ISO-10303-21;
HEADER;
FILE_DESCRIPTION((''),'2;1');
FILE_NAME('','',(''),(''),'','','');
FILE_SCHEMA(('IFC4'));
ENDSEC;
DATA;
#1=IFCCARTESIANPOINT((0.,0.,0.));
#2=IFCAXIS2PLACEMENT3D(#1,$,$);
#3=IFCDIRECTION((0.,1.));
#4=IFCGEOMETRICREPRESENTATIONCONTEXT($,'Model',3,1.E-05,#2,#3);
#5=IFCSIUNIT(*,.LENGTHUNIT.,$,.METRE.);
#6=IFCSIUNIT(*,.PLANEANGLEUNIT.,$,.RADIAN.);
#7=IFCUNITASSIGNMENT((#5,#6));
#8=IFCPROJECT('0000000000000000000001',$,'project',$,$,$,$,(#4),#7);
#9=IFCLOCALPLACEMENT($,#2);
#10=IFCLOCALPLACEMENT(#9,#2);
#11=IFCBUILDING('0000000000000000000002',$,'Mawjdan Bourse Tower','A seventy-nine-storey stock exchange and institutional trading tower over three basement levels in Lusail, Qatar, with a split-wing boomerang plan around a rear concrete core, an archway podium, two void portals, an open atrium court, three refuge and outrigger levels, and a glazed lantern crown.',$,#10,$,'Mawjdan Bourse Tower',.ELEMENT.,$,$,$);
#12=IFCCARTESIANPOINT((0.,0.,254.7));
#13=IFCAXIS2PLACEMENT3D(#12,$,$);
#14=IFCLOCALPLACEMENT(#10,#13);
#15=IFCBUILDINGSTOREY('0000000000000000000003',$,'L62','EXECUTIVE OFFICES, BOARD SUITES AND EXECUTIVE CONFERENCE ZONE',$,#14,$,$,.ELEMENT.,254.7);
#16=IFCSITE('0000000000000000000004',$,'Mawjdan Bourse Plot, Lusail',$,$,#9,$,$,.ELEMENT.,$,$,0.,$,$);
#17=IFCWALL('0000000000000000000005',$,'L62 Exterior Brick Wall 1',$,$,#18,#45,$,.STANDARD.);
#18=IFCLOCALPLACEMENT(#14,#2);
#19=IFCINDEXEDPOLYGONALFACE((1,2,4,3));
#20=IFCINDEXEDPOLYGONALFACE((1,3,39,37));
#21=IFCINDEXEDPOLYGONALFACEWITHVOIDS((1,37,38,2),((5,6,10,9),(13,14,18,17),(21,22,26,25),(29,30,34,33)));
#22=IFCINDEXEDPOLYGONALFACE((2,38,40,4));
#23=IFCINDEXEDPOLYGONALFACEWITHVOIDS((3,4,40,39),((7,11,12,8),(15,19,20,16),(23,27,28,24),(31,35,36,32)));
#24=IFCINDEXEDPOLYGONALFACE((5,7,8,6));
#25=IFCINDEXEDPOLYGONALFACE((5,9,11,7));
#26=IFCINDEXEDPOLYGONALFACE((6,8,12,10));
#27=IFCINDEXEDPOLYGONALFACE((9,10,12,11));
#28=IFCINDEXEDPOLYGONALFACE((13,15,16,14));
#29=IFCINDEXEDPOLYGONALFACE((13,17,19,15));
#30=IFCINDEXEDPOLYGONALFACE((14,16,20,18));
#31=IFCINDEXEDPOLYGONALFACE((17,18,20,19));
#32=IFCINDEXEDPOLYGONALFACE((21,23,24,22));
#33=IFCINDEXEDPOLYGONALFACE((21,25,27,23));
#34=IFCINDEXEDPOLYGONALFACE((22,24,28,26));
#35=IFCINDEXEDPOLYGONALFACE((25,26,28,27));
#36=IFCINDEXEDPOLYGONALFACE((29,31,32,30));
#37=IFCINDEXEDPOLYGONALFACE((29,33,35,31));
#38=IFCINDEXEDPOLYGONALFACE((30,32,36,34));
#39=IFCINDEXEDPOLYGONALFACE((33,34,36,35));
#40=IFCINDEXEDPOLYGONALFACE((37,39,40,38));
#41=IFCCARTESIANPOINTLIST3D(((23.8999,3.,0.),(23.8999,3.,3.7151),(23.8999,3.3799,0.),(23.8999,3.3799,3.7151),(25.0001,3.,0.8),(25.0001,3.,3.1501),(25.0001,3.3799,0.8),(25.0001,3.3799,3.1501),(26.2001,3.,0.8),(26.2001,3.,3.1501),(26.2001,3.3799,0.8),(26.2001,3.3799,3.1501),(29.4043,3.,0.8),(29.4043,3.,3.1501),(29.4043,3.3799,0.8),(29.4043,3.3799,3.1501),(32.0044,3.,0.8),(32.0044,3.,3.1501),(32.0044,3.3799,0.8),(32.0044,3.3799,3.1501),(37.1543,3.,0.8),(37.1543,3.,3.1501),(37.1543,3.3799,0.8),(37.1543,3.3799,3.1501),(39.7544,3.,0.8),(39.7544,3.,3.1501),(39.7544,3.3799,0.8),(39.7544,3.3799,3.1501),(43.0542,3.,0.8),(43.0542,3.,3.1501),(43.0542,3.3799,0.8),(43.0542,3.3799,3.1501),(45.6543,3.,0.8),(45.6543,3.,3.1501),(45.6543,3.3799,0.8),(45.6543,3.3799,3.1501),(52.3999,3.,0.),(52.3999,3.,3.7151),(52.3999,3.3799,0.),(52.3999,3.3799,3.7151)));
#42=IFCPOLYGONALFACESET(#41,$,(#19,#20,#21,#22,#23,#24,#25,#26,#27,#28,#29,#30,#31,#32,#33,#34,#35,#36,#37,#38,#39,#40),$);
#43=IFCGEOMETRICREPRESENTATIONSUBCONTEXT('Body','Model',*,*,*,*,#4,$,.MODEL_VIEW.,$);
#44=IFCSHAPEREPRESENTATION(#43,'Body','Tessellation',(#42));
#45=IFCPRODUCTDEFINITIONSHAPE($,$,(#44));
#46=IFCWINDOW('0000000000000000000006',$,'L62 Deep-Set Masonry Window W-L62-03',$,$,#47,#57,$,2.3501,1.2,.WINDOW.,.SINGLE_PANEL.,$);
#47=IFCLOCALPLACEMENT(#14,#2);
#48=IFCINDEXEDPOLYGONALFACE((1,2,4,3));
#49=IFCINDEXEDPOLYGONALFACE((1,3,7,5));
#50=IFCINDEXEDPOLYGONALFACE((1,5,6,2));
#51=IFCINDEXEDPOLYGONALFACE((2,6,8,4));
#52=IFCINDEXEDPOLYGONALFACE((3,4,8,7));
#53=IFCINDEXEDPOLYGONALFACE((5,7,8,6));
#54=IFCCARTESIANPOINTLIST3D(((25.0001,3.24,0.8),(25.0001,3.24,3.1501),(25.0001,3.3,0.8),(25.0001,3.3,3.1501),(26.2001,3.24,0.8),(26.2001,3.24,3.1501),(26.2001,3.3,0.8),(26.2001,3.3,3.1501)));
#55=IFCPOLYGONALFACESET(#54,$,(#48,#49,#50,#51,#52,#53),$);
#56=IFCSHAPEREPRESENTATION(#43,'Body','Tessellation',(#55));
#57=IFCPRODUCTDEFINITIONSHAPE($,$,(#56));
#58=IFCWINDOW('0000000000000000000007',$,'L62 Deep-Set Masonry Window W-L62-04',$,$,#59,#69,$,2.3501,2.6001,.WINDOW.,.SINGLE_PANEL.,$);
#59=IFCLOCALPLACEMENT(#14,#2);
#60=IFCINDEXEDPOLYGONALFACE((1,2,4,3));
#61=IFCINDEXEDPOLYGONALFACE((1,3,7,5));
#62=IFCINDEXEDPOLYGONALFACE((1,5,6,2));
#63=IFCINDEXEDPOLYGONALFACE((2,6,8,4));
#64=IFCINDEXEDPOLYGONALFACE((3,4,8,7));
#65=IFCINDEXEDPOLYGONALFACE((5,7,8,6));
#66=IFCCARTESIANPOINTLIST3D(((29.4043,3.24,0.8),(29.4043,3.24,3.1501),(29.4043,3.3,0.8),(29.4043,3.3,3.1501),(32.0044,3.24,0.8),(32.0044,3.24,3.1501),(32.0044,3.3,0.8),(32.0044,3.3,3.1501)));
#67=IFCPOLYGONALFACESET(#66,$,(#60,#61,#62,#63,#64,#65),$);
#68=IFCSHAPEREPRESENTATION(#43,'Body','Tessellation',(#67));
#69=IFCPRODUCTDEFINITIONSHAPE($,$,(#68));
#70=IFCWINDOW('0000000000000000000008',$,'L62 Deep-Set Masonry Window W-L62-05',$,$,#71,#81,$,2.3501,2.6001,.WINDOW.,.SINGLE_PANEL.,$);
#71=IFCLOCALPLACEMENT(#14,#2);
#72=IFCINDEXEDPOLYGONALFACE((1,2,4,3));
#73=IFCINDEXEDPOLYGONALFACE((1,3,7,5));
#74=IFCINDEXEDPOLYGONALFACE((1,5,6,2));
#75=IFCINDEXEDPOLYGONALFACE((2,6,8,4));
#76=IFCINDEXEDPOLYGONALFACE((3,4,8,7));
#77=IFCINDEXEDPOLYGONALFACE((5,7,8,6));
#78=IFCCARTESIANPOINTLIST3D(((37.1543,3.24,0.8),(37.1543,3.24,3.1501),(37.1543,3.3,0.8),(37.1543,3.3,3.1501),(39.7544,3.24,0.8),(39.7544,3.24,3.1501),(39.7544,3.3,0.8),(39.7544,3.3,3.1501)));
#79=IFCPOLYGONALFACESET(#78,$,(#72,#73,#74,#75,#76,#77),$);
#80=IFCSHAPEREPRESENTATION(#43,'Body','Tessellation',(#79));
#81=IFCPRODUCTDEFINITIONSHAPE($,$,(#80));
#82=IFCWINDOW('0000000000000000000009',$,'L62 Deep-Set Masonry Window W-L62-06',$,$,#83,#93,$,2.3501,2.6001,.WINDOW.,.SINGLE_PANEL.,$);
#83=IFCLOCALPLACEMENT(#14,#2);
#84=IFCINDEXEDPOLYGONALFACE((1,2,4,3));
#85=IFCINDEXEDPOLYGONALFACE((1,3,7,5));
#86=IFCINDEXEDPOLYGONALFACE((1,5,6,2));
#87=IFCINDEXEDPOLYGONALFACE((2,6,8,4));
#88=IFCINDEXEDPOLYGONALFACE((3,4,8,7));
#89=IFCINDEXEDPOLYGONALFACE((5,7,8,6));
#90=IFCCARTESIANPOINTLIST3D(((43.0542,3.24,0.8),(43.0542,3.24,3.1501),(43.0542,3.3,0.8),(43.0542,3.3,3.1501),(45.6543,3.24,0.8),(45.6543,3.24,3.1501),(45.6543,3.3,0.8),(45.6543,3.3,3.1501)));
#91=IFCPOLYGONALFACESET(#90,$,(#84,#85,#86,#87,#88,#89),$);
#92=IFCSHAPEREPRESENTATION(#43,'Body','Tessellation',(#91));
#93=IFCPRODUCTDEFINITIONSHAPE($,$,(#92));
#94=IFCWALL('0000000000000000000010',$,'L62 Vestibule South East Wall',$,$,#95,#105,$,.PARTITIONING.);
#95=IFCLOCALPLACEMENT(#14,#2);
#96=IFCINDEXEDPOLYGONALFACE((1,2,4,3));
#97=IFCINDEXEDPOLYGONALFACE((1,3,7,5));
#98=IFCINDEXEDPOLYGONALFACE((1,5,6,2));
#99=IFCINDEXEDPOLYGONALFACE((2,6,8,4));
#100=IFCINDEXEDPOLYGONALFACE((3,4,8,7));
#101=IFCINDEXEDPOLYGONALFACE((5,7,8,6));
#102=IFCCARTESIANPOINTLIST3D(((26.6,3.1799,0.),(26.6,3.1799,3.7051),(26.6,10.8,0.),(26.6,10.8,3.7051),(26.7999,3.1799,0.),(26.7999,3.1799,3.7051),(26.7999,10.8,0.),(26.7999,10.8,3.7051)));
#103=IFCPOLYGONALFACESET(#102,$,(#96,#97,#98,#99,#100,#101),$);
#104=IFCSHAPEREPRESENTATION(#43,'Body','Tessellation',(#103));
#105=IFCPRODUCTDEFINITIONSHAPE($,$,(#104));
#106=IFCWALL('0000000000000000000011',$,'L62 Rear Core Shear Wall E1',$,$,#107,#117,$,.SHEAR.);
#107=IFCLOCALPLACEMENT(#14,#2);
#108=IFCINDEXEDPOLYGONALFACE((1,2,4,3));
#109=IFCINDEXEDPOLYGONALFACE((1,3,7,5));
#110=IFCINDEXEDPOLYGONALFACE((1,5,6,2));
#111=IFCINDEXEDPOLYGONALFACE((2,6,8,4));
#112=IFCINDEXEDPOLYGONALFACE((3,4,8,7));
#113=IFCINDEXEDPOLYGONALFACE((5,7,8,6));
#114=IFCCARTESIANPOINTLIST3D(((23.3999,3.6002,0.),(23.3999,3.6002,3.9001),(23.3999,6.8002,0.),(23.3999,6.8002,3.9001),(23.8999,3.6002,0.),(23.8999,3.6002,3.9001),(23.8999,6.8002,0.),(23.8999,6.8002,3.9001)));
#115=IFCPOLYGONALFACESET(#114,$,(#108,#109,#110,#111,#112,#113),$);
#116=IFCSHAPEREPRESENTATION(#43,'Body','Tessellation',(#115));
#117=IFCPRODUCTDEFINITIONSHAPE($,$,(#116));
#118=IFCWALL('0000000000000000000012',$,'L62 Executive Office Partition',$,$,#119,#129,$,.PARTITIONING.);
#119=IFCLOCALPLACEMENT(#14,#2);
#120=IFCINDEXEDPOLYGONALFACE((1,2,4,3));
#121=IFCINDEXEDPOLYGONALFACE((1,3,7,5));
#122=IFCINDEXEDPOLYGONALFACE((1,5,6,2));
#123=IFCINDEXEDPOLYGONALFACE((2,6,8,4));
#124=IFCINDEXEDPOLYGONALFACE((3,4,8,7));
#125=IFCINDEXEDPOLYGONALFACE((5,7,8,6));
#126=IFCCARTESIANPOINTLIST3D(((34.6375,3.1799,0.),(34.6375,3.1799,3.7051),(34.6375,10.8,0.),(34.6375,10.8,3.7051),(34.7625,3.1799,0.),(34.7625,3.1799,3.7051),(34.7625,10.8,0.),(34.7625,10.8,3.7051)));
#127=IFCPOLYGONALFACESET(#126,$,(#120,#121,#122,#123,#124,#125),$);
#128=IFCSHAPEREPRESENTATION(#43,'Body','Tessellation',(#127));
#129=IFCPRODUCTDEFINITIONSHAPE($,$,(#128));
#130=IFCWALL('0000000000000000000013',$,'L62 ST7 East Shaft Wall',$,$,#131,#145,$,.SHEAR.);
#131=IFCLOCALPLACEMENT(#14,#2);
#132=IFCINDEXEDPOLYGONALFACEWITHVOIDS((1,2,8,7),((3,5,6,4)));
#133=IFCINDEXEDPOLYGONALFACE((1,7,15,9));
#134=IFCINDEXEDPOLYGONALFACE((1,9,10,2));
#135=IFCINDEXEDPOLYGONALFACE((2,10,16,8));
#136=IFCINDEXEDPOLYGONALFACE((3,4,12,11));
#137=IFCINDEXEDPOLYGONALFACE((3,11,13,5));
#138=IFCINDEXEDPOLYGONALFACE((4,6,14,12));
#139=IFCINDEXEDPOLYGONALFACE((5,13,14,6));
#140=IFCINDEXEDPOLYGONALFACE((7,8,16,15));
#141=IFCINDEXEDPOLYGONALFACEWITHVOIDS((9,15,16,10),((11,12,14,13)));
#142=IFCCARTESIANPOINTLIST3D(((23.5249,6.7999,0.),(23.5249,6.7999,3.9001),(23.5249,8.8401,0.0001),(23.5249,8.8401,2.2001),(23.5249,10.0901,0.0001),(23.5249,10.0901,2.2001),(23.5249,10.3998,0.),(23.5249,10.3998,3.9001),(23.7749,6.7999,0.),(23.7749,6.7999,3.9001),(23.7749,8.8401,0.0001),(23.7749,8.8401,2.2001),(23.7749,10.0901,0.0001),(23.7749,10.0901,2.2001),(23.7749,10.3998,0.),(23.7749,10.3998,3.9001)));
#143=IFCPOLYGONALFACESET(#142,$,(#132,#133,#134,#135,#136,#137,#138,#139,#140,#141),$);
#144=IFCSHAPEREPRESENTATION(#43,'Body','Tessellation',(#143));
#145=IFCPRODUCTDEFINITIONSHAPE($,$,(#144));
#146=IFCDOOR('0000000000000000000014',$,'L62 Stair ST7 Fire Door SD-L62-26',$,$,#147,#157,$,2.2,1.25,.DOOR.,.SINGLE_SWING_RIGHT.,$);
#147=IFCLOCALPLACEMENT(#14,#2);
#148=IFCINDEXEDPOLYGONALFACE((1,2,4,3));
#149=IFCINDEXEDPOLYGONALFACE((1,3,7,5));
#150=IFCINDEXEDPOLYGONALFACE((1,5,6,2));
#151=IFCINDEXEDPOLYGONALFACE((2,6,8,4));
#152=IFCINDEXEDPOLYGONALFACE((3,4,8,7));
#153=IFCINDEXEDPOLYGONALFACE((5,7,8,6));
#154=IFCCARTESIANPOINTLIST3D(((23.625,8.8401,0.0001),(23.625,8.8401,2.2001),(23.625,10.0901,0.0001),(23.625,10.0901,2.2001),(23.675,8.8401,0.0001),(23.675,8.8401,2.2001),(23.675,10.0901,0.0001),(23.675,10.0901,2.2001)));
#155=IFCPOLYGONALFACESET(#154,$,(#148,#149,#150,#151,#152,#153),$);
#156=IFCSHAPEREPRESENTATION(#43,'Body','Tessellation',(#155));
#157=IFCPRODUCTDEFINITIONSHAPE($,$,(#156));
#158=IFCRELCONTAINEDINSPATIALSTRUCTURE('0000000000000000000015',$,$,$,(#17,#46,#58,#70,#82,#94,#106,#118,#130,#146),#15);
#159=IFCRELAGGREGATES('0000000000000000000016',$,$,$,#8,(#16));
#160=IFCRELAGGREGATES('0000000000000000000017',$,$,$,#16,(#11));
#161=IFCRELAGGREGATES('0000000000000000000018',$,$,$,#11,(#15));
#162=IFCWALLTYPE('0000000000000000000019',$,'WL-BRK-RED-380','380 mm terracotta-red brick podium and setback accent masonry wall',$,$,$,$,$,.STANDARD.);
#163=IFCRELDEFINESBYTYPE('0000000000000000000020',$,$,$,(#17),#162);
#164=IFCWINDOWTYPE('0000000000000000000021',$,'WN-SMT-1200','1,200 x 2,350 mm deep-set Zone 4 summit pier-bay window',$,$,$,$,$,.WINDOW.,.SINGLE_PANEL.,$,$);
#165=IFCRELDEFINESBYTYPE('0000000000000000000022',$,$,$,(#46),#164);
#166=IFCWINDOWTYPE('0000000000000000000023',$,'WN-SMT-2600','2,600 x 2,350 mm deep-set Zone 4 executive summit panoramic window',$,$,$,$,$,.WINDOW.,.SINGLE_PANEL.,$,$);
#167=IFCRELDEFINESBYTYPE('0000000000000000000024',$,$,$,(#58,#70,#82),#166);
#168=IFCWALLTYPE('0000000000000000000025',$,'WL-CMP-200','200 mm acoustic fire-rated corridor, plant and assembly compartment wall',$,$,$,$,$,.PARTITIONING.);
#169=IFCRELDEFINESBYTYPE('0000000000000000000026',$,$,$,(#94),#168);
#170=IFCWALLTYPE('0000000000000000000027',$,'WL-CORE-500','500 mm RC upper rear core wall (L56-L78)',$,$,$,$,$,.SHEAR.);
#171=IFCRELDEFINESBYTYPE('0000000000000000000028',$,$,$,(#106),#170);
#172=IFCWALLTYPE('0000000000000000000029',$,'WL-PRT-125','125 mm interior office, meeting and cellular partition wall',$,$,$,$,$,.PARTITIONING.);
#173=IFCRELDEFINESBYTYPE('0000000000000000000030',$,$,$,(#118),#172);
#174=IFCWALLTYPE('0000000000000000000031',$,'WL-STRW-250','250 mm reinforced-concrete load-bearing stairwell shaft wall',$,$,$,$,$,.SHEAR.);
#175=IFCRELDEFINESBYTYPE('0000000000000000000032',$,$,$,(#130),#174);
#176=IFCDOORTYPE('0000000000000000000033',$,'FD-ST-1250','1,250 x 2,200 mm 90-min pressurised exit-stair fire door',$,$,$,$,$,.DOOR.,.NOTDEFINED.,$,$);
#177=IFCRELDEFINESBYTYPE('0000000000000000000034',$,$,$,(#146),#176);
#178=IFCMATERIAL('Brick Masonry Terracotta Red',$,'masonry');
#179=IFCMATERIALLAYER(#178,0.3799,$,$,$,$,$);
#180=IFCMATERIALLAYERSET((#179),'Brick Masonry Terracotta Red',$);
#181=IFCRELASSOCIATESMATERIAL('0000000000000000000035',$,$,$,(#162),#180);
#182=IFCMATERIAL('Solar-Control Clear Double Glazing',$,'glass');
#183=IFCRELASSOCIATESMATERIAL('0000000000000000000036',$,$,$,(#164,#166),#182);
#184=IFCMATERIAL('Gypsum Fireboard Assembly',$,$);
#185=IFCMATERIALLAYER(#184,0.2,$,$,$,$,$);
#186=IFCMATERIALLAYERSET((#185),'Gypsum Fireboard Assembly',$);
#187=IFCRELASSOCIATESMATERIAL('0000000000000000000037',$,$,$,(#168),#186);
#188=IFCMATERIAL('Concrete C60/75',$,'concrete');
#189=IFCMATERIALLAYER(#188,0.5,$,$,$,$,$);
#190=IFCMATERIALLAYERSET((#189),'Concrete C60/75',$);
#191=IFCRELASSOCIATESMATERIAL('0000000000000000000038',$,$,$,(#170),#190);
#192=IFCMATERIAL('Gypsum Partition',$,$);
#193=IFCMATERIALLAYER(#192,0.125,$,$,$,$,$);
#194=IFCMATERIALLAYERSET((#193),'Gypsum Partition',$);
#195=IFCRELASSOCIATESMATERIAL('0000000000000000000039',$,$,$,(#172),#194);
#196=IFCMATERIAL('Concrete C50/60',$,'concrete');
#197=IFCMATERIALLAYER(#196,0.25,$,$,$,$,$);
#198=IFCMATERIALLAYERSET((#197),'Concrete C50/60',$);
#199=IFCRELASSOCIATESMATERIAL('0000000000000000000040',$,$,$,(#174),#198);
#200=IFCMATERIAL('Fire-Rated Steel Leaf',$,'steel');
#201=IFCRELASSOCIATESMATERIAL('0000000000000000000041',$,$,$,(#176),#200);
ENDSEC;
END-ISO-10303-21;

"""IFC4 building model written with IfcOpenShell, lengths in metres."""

from ifc_helpers import new_model, si_unit, direction, frame, frame_2d, origin, place, context, subcontext, project, spatial, rectangle, extrude, material, layer, layer_set, type_object, element, fill, save


model = new_model("IFC4")

# Units and contexts
model_context = context("Model", 3, precision=1e-05, world=origin(), true_north=direction((0.0, 1.0)))
body_context = subcontext(model_context, "Body", "Model", "MODEL_VIEW")
ifc_project = project(units=[si_unit("LENGTHUNIT", "METRE"), si_unit("PLANEANGLEUNIT", "RADIAN")], contexts=[model_context])

# Site, building, storey
site_placement = place(None, origin())
site = spatial("IfcSite", under=ifc_project, at=site_placement, Name="Mawjdan Bourse Plot, Lusail", CompositionType="ELEMENT", RefElevation=0.0)
building_placement = place(site_placement, origin())
building = spatial("IfcBuilding", under=site, at=building_placement, Name="Mawjdan Bourse Tower", Description="A seventy-nine-storey stock exchange and institutional trading tower over three basement levels in Lusail, Qatar, with a split-wing boomerang plan around a rear concrete core, an archway podium, two void portals, an open atrium court, three refuge and outrigger levels, and a glazed lantern crown.", LongName="Mawjdan Bourse Tower", CompositionType="ELEMENT")
storey_placement = place(building_placement, frame((0.0, 0.0, 254.7)))
storey = spatial("IfcBuildingStorey", under=building, at=storey_placement, Name="L62", Description="EXECUTIVE OFFICES, BOARD SUITES AND EXECUTIVE CONFERENCE ZONE", CompositionType="ELEMENT", Elevation=254.7)

# Shared definitions
ifc_material_1 = material(Name="Concrete C60/75", Category="concrete")

# Wall, openings, windows
ifc_material_2 = material(Name="Brick Masonry Terracotta Red", Category="masonry")
ifc_layer_1 = layer(ifc_material_2, 0.3799)
ifc_layer_set_1 = layer_set([ifc_layer_1], Name="Brick Masonry Terracotta Red")
wall_type_1 = type_object("IfcWallType", Name="WL-BRK-RED-380", Description="380 mm terracotta-red brick podium and setback accent masonry wall", PredefinedType="STANDARD", material=ifc_layer_set_1)
wall_1_placement = place(storey_placement, frame((23.8999, 3.1899, 0.0), z_axis=(0.0, 0.0, 1.0), x_axis=(1.0, 0.0, 0.0)))
wall_1 = element("IfcWall", 1, at=wall_1_placement, inside=storey, type_object=wall_type_1, Name="L62 Exterior Brick Wall 1", PredefinedType="STANDARD", context=body_context, shape_type="SweptSolid", body=[
    extrude(rectangle(XDim=28.5, YDim=0.3799, at=frame_2d((14.25, 0.0))), origin(), (0.0, 0.0, 1.0), 3.7151),
])
opening_1_placement = place(wall_1_placement, frame((1.1001, 0.0, 0.8)))
opening_1 = element("IfcOpeningElement", 2, at=opening_1_placement, cuts=wall_1, PredefinedType="OPENING", context=body_context, shape_type="SweptSolid", body=[
    extrude(rectangle(XDim=1.2, YDim=2.3501, at=frame_2d((0.6001, 1.175))), frame((0.0, 0.2, 0.0), z_axis=(0.0, -1.0, 0.0), x_axis=(1.0, 0.0, 0.0)), (0.0, 0.0, 1.0), 0.3999),
])
opening_2_placement = place(wall_1_placement, frame((5.5044, 0.0, 0.8)))
opening_2 = element("IfcOpeningElement", 3, at=opening_2_placement, cuts=wall_1, PredefinedType="OPENING", context=body_context, shape_type="SweptSolid", body=[
    extrude(rectangle(XDim=2.6001, YDim=2.3501, at=frame_2d((1.3, 1.175))), frame((0.0, 0.2, 0.0), z_axis=(0.0, -1.0, 0.0), x_axis=(1.0, 0.0, 0.0)), (0.0, 0.0, 1.0), 0.3999),
])
opening_3_placement = place(wall_1_placement, frame((13.2544, 0.0, 0.8)))
opening_3 = element("IfcOpeningElement", 4, at=opening_3_placement, cuts=wall_1, PredefinedType="OPENING", context=body_context, shape_type="SweptSolid", body=[
    extrude(rectangle(XDim=2.6001, YDim=2.3501, at=frame_2d((1.3, 1.175))), frame((0.0, 0.2, 0.0), z_axis=(0.0, -1.0, 0.0), x_axis=(1.0, 0.0, 0.0)), (0.0, 0.0, 1.0), 0.3999),
])
opening_4_placement = place(wall_1_placement, frame((19.1543, 0.0, 0.8)))
opening_4 = element("IfcOpeningElement", 5, at=opening_4_placement, cuts=wall_1, PredefinedType="OPENING", context=body_context, shape_type="SweptSolid", body=[
    extrude(rectangle(XDim=2.6001, YDim=2.3501, at=frame_2d((1.3, 1.175))), frame((0.0, 0.2, 0.0), z_axis=(0.0, -1.0, 0.0), x_axis=(1.0, 0.0, 0.0)), (0.0, 0.0, 1.0), 0.3999),
])
ifc_material_3 = material(Name="Solar-Control Clear Double Glazing", Category="glass")
window_type_1 = type_object("IfcWindowType", Name="WN-SMT-1200", Description="1,200 x 2,350 mm deep-set Zone 4 summit pier-bay window", PartitioningType="SINGLE_PANEL", PredefinedType="WINDOW", material=ifc_material_3)
window_1_placement = place(opening_1_placement, origin())
window_1 = element("IfcWindow", 6, at=window_1_placement, inside=storey, type_object=window_type_1, Name="L62 Deep-Set Masonry Window W-L62-03", OverallHeight=2.3501, OverallWidth=1.2, PartitioningType="SINGLE_PANEL", PredefinedType="WINDOW", context=body_context, shape_type="SweptSolid", body=[
    extrude(rectangle(XDim=1.2, YDim=2.3501, at=frame_2d((0.6001, 1.175))), frame((0.0, 0.1101, 0.0), z_axis=(0.0, -1.0, 0.0), x_axis=(1.0, 0.0, 0.0)), (0.0, 0.0, 1.0), 0.0601),
])
fill(opening_1, window_1)
window_type_2 = type_object("IfcWindowType", Name="WN-SMT-2600", Description="2,600 x 2,350 mm deep-set Zone 4 executive summit panoramic window", PartitioningType="SINGLE_PANEL", PredefinedType="WINDOW", material=ifc_material_3)
window_2_placement = place(opening_2_placement, origin())
window_2 = element("IfcWindow", 7, at=window_2_placement, inside=storey, type_object=window_type_2, Name="L62 Deep-Set Masonry Window W-L62-04", OverallHeight=2.3501, OverallWidth=2.6001, PartitioningType="SINGLE_PANEL", PredefinedType="WINDOW", context=body_context, shape_type="SweptSolid", body=[
    extrude(rectangle(XDim=2.6001, YDim=2.3501, at=frame_2d((1.3, 1.175))), frame((0.0, 0.1101, 0.0), z_axis=(0.0, -1.0, 0.0), x_axis=(1.0, 0.0, 0.0)), (0.0, 0.0, 1.0), 0.0601),
])
fill(opening_2, window_2)
window_3_placement = place(opening_3_placement, origin())
window_3 = element("IfcWindow", 8, at=window_3_placement, inside=storey, type_object=window_type_2, Name="L62 Deep-Set Masonry Window W-L62-05", OverallHeight=2.3501, OverallWidth=2.6001, PartitioningType="SINGLE_PANEL", PredefinedType="WINDOW", context=body_context, shape_type="SweptSolid", body=[
    extrude(rectangle(XDim=2.6001, YDim=2.3501, at=frame_2d((1.3, 1.175))), frame((0.0, 0.1101, 0.0), z_axis=(0.0, -1.0, 0.0), x_axis=(1.0, 0.0, 0.0)), (0.0, 0.0, 1.0), 0.0601),
])
fill(opening_3, window_3)
window_4_placement = place(opening_4_placement, origin())
window_4 = element("IfcWindow", 9, at=window_4_placement, inside=storey, type_object=window_type_2, Name="L62 Deep-Set Masonry Window W-L62-06", OverallHeight=2.3501, OverallWidth=2.6001, PartitioningType="SINGLE_PANEL", PredefinedType="WINDOW", context=body_context, shape_type="SweptSolid", body=[
    extrude(rectangle(XDim=2.6001, YDim=2.3501, at=frame_2d((1.3, 1.175))), frame((0.0, 0.1101, 0.0), z_axis=(0.0, -1.0, 0.0), x_axis=(1.0, 0.0, 0.0)), (0.0, 0.0, 1.0), 0.0601),
])
fill(opening_4, window_4)

# Shared definitions
ifc_material_4 = material(Name="Gypsum Fireboard Assembly")
ifc_layer_2 = layer(ifc_material_4, 0.2)
ifc_layer_set_2 = layer_set([ifc_layer_2], Name="Gypsum Fireboard Assembly")
wall_type_2 = type_object("IfcWallType", Name="WL-CMP-200", Description="200 mm acoustic fire-rated corridor, plant and assembly compartment wall", PredefinedType="PARTITIONING", material=ifc_layer_set_2)

# Walls
wall_2_placement = place(storey_placement, frame((26.7, 3.1799, 0.0), z_axis=(0.0, 0.0, 1.0), x_axis=(0.0, 1.0, 0.0)))
element("IfcWall", 10, at=wall_2_placement, inside=storey, type_object=wall_type_2, Name="L62 Vestibule South East Wall", PredefinedType="PARTITIONING", context=body_context, shape_type="SweptSolid", body=[
    extrude(rectangle(XDim=7.6201, YDim=0.2, at=frame_2d((3.8101, 0.0))), origin(), (0.0, 0.0, 1.0), 3.7051),
])
ifc_layer_3 = layer(ifc_material_1, 0.5)
ifc_layer_set_3 = layer_set([ifc_layer_3], Name="Concrete C60/75")
wall_type_3 = type_object("IfcWallType", Name="WL-CORE-500", Description="500 mm RC upper rear core wall (L56-L78)", PredefinedType="SHEAR", material=ifc_layer_set_3)
wall_3_placement = place(storey_placement, frame((23.6499, 3.6001, 0.0), z_axis=(0.0, 0.0, 1.0), x_axis=(0.0, 1.0, 0.0)))
element("IfcWall", 11, at=wall_3_placement, inside=storey, type_object=wall_type_3, Name="L62 Rear Core Shear Wall E1", PredefinedType="SHEAR", context=body_context, shape_type="SweptSolid", body=[
    extrude(rectangle(XDim=3.2, YDim=0.5, at=frame_2d((1.6001, 0.0))), origin(), (0.0, 0.0, 1.0), 3.9001),
])
ifc_material_5 = material(Name="Gypsum Partition")
ifc_layer_4 = layer(ifc_material_5, 0.125)
ifc_layer_set_4 = layer_set([ifc_layer_4], Name="Gypsum Partition")
wall_type_4 = type_object("IfcWallType", Name="WL-PRT-125", Description="125 mm interior office, meeting and cellular partition wall", PredefinedType="PARTITIONING", material=ifc_layer_set_4)
wall_4_placement = place(storey_placement, frame((34.7, 3.1799, 0.0), z_axis=(0.0, 0.0, 1.0), x_axis=(0.0, 1.0, 0.0)))
element("IfcWall", 12, at=wall_4_placement, inside=storey, type_object=wall_type_4, Name="L62 Executive Office Partition", PredefinedType="PARTITIONING", context=body_context, shape_type="SweptSolid", body=[
    extrude(rectangle(XDim=7.6201, YDim=0.125, at=frame_2d((3.8101, 0.0))), origin(), (0.0, 0.0, 1.0), 3.7051),
])

# Wall, opening, door
ifc_material_6 = material(Name="Concrete C50/60", Category="concrete")
ifc_layer_5 = layer(ifc_material_6, 0.25)
ifc_layer_set_5 = layer_set([ifc_layer_5], Name="Concrete C50/60")
wall_type_5 = type_object("IfcWallType", Name="WL-STRW-250", Description="250 mm reinforced-concrete load-bearing stairwell shaft wall", PredefinedType="SHEAR", material=ifc_layer_set_5)
wall_5_placement = place(storey_placement, frame((23.6499, 6.8, 0.0), z_axis=(0.0, 0.0, 1.0), x_axis=(0.0, 1.0, 0.0)))
wall_5 = element("IfcWall", 13, at=wall_5_placement, inside=storey, type_object=wall_type_5, Name="L62 ST7 East Shaft Wall", PredefinedType="SHEAR", context=body_context, shape_type="SweptSolid", body=[
    extrude(rectangle(XDim=3.5999, YDim=0.25, at=frame_2d((1.7998, 0.0))), origin(), (0.0, 0.0, 1.0), 3.9001),
])
opening_5_placement = place(wall_5_placement, frame((2.04, 0.0, 0.0)))
opening_5 = element("IfcOpeningElement", 14, at=opening_5_placement, cuts=wall_5, PredefinedType="OPENING", context=body_context, shape_type="SweptSolid", body=[
    extrude(rectangle(XDim=1.25, YDim=2.2, at=frame_2d((0.625, 1.1001))), frame((0.0, 0.135, 0.0), z_axis=(0.0, -1.0, 0.0), x_axis=(1.0, 0.0, 0.0)), (0.0, 0.0, 1.0), 0.27),
])
ifc_material_7 = material(Name="Fire-Rated Steel Leaf", Category="steel")
door_type_1 = type_object("IfcDoorType", Name="FD-ST-1250", Description="1,250 x 2,200 mm 90-min pressurised exit-stair fire door", OperationType="NOTDEFINED", PredefinedType="DOOR", material=ifc_material_7)
door_1_placement = place(opening_5_placement, origin())
door_1 = element("IfcDoor", 15, at=door_1_placement, inside=storey, type_object=door_type_1, Name="L62 Stair ST7 Fire Door SD-L62-26", OperationType="SINGLE_SWING_RIGHT", OverallHeight=2.2, OverallWidth=1.25, PredefinedType="DOOR", context=body_context, shape_type="SweptSolid", body=[
    extrude(rectangle(XDim=1.25, YDim=2.2, at=frame_2d((0.625, 1.1001))), frame((0.0, 0.0249, 0.0), z_axis=(0.0, -1.0, 0.0), x_axis=(1.0, 0.0, 0.0)), (0.0, 0.0, 1.0), 0.05),
])
fill(opening_5, door_1)

save(model, "model.ifc")
